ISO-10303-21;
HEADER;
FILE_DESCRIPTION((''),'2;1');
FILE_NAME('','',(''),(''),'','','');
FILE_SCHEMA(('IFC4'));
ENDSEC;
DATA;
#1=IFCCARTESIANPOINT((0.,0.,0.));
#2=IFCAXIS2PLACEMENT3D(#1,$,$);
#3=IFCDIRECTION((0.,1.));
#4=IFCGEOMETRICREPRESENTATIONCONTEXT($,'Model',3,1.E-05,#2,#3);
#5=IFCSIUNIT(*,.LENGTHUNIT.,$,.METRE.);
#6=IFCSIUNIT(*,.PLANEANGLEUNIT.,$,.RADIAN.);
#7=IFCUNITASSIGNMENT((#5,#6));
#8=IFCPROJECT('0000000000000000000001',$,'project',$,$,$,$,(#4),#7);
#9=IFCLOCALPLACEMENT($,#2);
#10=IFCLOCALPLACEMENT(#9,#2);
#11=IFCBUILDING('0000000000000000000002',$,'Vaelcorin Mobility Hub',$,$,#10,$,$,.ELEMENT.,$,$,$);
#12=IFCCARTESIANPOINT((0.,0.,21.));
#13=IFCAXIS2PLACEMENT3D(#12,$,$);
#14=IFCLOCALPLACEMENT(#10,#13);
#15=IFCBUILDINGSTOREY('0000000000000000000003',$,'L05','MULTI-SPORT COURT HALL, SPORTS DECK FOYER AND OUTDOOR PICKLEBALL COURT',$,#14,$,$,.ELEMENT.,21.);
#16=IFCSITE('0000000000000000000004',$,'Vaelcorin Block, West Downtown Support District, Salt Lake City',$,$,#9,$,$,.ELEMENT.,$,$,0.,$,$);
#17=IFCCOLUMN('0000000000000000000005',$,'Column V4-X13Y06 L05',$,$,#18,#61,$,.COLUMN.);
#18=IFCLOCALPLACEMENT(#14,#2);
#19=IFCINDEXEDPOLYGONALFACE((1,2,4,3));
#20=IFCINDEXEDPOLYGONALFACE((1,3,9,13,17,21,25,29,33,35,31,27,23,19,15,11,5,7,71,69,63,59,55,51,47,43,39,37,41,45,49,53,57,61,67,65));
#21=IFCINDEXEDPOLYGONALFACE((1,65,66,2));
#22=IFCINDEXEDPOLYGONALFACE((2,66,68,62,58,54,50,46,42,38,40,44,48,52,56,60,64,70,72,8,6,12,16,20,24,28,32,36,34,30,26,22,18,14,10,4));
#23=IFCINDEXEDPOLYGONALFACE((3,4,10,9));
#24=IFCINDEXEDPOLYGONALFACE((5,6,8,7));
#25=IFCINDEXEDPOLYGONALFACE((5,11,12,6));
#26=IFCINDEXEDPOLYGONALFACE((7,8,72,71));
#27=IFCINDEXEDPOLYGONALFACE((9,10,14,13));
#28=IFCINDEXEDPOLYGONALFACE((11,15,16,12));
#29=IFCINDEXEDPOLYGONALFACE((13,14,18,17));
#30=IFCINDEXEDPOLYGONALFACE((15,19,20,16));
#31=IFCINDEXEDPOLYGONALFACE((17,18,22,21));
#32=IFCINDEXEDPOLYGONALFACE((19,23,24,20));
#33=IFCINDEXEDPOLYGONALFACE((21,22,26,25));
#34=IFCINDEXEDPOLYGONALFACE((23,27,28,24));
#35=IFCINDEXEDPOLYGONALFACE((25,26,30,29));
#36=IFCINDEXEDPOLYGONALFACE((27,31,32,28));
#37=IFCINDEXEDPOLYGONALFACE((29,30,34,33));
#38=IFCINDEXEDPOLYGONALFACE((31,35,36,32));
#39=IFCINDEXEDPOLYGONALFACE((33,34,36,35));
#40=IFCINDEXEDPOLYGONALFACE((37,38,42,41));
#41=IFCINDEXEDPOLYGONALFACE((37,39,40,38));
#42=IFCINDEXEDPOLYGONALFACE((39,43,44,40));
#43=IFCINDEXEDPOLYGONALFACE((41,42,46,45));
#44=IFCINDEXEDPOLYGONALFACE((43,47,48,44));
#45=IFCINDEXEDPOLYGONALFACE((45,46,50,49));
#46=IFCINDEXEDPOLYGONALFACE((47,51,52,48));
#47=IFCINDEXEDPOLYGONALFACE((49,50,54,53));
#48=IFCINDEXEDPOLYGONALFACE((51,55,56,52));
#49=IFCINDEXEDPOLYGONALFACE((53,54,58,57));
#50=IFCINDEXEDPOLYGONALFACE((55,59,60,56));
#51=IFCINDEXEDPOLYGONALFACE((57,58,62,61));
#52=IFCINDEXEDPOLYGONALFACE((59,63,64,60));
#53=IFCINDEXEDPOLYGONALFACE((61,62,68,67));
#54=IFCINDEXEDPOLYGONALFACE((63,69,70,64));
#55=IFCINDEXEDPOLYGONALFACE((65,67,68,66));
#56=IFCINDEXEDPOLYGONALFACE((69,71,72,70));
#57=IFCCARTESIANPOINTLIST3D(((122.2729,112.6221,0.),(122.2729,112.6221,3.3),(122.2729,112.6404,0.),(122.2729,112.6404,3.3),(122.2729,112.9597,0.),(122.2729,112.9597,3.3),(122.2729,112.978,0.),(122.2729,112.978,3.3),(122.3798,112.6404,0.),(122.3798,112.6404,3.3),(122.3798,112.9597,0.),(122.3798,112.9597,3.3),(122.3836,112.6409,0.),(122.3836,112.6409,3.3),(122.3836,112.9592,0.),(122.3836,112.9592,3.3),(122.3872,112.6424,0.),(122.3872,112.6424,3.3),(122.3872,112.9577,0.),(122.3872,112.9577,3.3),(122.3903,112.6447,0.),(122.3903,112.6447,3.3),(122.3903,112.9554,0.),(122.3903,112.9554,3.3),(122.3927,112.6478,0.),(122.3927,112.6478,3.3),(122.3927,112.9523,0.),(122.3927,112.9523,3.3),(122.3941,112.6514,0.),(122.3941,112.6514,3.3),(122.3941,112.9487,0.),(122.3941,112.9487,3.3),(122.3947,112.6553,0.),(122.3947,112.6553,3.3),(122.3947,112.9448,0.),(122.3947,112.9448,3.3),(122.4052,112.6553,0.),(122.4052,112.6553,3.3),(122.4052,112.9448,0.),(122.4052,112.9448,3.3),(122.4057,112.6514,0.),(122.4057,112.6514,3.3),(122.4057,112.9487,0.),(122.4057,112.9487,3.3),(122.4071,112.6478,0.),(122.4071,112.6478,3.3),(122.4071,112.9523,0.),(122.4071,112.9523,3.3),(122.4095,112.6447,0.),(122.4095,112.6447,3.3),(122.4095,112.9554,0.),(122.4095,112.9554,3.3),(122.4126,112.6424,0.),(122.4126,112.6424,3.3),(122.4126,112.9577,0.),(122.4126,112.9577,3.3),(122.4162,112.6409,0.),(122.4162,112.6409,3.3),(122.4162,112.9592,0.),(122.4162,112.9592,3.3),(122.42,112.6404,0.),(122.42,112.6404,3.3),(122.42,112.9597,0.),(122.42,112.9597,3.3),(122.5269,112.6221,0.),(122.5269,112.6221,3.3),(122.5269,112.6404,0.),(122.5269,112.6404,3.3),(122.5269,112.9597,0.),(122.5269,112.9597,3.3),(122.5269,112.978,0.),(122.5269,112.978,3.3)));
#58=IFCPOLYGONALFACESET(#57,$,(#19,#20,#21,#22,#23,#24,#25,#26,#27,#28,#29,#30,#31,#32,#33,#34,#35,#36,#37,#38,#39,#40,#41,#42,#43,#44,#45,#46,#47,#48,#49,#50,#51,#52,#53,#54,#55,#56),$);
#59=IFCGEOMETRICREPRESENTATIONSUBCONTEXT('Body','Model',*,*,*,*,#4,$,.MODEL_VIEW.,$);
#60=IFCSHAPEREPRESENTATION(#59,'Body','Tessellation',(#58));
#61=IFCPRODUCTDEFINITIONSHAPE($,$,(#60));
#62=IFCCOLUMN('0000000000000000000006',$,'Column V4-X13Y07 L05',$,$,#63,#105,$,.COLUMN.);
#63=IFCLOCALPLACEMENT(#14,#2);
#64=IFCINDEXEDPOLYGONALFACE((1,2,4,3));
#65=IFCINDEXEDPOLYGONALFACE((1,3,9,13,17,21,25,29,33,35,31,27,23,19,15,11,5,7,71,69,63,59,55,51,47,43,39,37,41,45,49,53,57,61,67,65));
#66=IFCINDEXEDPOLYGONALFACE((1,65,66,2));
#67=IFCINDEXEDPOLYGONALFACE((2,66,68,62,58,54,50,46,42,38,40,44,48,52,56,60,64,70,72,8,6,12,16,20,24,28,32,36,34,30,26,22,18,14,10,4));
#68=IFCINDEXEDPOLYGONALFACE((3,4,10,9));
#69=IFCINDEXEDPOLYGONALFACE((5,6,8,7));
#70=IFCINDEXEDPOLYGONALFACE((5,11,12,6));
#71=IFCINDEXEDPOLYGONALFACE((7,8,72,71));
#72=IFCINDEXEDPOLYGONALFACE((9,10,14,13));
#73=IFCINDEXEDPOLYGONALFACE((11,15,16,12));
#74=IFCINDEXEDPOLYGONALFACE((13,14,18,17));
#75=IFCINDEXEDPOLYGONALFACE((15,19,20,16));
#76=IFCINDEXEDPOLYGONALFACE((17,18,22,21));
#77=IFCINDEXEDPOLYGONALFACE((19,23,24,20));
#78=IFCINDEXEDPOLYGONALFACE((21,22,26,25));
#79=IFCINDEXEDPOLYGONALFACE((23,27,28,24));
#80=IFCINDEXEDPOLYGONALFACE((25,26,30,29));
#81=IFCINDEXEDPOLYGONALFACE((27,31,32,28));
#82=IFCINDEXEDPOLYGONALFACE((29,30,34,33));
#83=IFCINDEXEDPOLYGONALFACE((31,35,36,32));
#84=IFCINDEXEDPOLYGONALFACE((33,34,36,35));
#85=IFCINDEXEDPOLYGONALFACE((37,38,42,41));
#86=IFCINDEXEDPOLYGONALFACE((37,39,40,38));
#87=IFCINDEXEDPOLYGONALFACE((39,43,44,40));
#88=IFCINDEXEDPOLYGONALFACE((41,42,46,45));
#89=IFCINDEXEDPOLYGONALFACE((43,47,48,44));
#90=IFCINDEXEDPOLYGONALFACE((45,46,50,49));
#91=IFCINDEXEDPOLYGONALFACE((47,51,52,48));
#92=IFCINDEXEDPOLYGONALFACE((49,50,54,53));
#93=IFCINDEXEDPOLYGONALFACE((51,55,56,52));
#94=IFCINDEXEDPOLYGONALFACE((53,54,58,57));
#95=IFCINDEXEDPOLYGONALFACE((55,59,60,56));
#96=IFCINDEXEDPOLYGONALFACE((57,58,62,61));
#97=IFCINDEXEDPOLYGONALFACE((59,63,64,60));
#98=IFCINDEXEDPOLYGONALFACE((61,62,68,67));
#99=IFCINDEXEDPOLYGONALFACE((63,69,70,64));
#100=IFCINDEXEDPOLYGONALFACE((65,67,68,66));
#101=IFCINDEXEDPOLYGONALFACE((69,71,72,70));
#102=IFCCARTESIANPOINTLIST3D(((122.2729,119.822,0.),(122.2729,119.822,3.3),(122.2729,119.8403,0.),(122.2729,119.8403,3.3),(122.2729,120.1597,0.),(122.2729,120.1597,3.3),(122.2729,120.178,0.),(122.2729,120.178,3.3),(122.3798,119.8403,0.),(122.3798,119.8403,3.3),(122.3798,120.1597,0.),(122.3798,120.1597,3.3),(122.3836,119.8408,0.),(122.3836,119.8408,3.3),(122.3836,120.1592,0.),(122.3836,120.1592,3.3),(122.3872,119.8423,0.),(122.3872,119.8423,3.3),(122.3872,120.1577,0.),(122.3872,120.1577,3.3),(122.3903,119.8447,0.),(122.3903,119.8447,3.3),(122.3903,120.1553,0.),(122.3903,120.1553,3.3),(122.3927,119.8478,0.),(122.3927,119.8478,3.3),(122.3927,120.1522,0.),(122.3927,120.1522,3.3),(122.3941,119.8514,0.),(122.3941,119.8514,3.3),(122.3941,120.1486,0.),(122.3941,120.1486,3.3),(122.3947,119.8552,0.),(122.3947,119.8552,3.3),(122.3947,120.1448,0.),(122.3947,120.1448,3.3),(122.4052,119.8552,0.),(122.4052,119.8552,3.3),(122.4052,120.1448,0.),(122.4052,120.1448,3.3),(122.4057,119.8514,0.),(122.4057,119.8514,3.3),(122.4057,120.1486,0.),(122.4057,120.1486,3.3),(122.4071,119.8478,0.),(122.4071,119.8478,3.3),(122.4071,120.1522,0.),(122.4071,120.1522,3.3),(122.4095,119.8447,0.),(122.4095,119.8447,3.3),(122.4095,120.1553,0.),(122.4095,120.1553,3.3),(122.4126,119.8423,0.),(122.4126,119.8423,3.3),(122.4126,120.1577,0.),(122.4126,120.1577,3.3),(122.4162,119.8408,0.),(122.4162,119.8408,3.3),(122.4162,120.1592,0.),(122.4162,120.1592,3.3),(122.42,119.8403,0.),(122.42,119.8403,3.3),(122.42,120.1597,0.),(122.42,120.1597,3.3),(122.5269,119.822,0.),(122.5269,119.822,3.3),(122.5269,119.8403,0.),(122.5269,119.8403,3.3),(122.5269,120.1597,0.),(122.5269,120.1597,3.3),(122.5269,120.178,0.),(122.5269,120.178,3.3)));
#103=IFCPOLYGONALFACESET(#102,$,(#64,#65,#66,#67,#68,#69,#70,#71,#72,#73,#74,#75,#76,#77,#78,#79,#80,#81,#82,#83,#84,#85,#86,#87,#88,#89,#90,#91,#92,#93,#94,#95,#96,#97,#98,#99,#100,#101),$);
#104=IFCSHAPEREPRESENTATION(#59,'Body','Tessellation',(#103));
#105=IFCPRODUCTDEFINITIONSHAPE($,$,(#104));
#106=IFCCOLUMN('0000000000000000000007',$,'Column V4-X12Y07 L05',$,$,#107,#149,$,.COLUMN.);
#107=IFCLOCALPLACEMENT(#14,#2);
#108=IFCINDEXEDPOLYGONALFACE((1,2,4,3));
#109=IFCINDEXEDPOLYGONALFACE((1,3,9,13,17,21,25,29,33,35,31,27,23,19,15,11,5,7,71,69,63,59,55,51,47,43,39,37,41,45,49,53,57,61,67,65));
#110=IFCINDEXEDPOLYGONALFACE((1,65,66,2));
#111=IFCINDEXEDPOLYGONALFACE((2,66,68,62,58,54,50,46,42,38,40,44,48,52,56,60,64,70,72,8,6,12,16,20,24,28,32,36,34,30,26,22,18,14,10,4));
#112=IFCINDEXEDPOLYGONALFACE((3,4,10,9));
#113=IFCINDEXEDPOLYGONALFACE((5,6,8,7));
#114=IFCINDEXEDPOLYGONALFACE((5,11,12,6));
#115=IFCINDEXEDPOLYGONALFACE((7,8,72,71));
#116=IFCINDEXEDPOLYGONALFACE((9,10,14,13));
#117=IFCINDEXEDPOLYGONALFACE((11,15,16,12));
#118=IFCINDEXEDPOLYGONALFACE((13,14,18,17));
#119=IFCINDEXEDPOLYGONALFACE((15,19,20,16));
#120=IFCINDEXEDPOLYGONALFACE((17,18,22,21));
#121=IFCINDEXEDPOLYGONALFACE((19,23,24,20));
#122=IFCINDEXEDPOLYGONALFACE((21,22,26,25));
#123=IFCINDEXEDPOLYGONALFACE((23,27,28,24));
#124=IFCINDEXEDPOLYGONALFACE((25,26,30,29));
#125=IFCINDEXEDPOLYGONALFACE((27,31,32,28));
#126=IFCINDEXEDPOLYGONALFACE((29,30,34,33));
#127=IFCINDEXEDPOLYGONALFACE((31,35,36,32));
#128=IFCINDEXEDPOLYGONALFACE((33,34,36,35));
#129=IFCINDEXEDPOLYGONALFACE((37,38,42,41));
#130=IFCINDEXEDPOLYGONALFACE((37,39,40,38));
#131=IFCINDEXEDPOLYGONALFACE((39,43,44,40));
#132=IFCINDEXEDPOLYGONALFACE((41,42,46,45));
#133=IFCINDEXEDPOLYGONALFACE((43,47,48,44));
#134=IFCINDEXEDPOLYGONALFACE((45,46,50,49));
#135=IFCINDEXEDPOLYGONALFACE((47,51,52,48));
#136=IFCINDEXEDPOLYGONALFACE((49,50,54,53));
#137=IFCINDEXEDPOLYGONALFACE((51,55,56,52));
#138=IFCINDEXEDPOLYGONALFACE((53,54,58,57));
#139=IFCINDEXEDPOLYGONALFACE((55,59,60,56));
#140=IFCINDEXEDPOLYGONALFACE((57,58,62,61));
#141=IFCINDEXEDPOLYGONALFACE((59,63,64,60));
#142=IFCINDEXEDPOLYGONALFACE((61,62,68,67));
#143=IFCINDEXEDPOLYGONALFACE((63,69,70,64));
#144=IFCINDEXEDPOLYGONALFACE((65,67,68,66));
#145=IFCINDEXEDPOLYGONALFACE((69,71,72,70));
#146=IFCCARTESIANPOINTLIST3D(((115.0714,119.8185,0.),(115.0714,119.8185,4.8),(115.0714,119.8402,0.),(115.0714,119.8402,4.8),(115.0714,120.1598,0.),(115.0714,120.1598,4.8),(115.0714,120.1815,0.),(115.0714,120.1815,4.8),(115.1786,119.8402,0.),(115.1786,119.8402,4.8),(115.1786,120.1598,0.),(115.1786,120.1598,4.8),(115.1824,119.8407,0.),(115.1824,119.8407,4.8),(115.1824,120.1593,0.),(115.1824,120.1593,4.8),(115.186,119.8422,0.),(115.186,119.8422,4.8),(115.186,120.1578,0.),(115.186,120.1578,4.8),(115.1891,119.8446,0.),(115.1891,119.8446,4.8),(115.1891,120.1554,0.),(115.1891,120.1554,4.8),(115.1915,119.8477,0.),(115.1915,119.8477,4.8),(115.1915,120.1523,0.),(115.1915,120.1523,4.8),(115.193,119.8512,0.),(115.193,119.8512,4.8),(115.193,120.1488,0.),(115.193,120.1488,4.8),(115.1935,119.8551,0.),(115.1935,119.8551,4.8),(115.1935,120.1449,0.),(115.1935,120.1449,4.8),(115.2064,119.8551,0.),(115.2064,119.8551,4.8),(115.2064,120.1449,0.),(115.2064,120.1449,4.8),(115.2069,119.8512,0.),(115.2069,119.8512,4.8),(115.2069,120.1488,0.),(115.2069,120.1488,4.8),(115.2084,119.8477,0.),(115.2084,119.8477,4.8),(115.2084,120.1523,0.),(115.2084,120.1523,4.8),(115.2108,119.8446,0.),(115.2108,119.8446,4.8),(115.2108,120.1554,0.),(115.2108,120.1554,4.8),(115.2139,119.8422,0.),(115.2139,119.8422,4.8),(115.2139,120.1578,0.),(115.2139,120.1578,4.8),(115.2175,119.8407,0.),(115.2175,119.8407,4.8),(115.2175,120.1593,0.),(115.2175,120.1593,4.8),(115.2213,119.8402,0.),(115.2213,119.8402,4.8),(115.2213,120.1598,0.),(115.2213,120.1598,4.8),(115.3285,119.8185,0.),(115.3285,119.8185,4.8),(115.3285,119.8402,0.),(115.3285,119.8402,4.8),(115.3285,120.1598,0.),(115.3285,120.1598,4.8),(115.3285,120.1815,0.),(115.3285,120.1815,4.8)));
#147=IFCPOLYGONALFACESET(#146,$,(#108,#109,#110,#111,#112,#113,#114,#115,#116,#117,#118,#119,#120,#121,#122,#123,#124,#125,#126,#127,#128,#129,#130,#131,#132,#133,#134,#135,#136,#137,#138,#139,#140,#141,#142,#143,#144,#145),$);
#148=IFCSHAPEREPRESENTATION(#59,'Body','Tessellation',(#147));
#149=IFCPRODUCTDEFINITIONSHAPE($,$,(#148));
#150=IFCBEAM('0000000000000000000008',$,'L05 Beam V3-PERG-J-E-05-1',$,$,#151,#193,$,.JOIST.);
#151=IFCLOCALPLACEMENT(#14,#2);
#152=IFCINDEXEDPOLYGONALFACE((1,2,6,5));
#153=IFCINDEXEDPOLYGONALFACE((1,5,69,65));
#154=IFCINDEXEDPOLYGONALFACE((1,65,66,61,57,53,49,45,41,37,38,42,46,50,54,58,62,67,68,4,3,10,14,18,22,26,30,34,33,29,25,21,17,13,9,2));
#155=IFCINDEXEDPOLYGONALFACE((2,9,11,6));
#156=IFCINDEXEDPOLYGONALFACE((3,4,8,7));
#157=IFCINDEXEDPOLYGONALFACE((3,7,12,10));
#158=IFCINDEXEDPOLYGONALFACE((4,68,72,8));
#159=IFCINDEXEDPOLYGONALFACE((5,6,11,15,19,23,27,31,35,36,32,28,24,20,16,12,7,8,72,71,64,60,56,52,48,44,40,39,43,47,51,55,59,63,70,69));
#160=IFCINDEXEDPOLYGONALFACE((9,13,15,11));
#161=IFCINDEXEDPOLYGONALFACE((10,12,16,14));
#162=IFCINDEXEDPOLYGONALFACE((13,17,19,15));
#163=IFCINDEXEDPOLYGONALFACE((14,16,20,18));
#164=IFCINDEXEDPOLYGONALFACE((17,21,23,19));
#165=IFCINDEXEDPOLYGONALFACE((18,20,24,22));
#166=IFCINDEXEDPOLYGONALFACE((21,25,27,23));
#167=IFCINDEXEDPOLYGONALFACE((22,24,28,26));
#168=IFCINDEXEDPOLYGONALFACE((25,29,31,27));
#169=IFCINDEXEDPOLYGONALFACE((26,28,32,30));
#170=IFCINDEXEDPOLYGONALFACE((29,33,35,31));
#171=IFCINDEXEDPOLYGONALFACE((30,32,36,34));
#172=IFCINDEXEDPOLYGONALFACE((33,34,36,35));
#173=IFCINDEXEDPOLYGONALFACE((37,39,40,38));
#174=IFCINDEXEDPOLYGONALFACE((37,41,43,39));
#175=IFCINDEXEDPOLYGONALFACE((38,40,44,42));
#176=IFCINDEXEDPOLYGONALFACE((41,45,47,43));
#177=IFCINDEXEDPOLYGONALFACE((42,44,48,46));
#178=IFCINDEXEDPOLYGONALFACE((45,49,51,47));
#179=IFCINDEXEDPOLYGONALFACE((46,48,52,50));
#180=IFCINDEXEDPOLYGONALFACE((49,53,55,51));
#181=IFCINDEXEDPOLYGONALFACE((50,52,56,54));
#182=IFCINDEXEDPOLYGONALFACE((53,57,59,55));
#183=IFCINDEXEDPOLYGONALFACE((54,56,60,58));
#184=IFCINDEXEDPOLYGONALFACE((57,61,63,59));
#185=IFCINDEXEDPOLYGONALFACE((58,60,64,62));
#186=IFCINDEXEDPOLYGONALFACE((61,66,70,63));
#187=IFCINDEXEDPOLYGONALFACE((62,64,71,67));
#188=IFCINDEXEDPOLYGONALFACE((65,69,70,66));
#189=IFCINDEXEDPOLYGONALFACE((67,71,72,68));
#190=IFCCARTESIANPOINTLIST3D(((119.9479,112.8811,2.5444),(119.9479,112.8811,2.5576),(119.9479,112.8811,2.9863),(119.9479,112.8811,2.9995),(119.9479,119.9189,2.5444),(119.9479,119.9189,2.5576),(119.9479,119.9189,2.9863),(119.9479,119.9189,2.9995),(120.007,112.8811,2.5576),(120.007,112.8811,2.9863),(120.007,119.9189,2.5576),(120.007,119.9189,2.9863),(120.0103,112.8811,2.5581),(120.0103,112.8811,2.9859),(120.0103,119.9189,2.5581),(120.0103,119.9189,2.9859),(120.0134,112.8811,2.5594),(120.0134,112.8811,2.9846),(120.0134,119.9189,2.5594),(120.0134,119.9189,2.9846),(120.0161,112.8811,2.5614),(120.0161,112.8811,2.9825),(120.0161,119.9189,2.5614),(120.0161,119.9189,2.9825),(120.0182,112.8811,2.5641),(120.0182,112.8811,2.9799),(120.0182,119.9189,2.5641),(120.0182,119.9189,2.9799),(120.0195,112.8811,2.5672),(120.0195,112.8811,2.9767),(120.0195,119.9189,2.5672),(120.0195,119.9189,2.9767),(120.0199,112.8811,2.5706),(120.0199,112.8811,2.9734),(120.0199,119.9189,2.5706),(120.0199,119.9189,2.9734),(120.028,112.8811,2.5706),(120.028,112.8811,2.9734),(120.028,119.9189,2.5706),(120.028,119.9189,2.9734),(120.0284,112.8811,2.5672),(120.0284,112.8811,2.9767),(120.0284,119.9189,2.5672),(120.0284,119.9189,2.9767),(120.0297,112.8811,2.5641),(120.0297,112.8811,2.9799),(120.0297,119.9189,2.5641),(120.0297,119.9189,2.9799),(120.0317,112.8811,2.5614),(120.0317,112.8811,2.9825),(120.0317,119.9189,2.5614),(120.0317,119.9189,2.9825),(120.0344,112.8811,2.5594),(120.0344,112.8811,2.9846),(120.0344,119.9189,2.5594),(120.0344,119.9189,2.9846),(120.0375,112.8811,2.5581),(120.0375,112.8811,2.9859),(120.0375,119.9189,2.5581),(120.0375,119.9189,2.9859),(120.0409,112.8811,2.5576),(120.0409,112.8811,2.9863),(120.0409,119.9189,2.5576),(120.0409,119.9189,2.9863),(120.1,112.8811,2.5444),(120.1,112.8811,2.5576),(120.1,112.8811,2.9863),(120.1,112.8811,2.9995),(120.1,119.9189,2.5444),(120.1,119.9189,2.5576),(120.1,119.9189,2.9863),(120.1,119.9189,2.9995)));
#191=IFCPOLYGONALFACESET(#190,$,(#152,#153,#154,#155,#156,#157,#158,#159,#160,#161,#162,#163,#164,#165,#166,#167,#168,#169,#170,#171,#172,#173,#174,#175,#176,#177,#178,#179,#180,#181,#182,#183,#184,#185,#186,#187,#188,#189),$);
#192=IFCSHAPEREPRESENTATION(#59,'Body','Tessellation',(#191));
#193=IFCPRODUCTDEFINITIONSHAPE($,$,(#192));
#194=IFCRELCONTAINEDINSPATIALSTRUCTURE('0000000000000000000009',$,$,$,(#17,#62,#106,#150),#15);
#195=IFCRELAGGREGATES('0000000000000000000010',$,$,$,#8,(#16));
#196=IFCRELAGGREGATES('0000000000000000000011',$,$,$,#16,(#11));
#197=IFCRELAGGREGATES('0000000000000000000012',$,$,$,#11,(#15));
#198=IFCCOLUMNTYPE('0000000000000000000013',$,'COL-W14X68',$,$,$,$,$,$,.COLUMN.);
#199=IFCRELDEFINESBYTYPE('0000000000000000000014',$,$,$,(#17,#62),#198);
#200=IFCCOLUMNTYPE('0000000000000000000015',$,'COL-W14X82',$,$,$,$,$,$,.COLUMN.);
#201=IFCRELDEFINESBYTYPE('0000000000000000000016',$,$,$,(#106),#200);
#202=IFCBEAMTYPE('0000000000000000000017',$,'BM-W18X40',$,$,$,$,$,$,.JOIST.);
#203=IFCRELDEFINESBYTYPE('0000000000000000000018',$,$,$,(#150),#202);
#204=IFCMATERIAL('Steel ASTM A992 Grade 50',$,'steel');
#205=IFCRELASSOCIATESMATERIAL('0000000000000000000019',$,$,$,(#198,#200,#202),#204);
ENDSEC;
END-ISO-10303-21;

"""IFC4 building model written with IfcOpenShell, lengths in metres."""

from ifc_helpers import new_model, si_unit, direction, frame, origin, origin_2d, place, context, subcontext, project, spatial, i_section, extrude, material, material_profile, profile_set, type_object, element, save


model = new_model("IFC4")

# Units and contexts
model_context = context("Model", 3, precision=1e-05, world=origin(), true_north=direction((0.0, 1.0)))
body_context = subcontext(model_context, "Body", "Model", "MODEL_VIEW")
ifc_project = project(units=[si_unit("LENGTHUNIT", "METRE"), si_unit("PLANEANGLEUNIT", "RADIAN")], contexts=[model_context])

# Site, building, storey
site_placement = place(None, origin())
site = spatial("IfcSite", under=ifc_project, at=site_placement, Name="Vaelcorin Block, West Downtown Support District, Salt Lake City", CompositionType="ELEMENT", RefElevation=0.0)
building_placement = place(site_placement, origin())
building = spatial("IfcBuilding", under=site, at=building_placement, Name="Vaelcorin Mobility Hub", CompositionType="ELEMENT")
storey_placement = place(building_placement, frame((0.0, 0.0, 21.0)))
storey = spatial("IfcBuildingStorey", under=building, at=storey_placement, Name="L05", Description="MULTI-SPORT COURT HALL, SPORTS DECK FOYER AND OUTDOOR PICKLEBALL COURT", CompositionType="ELEMENT", Elevation=21.0)

# Columns
ifc_material_1 = material(Name="Steel ASTM A992 Grade 50", Category="steel")
ifc_material_profile_1 = material_profile(ifc_material_1, i_section(OverallWidth=0.2539, OverallDepth=0.356, WebThickness=0.0105, FlangeThickness=0.0183, FilletRadius=0.0149, at=origin_2d()), Name="W14X68")
ifc_profile_set_1 = profile_set([ifc_material_profile_1], Name="Steel ASTM A992 Grade 50")
column_type_1 = type_object("IfcColumnType", Name="COL-W14X68", PredefinedType="COLUMN", material=ifc_profile_set_1)
for number, where, z_axis, x_axis, name in (
    (1, (122.3999, 112.8, 0.0), (0.0, 0.0, 1.0), (1.0, 0.0, 0.0), "Column V4-X13Y06 L05"),
    (2, (122.3999, 120.0, 0.0), (0.0, 0.0, 1.0), (1.0, 0.0, 0.0), "Column V4-X13Y07 L05"),
):
    element("IfcColumn", number, at=place(storey_placement, frame(where, z_axis=z_axis, x_axis=x_axis)), inside=storey, type_object=column_type_1, Name=name, PredefinedType="COLUMN", context=body_context, shape_type="SweptSolid", body=[
        extrude(i_section(OverallWidth=0.2539, OverallDepth=0.356, WebThickness=0.0105, FlangeThickness=0.0183, FilletRadius=0.0149, at=origin_2d()), origin(), (0.0, 0.0, 1.0), 3.3),
    ])
ifc_material_profile_2 = material_profile(ifc_material_1, i_section(OverallWidth=0.2571, OverallDepth=0.363, WebThickness=0.0129, FlangeThickness=0.0217, FilletRadius=0.0149, at=origin_2d()), Name="W14X82")
ifc_profile_set_2 = profile_set([ifc_material_profile_2], Name="Steel ASTM A992 Grade 50")
column_type_2 = type_object("IfcColumnType", Name="COL-W14X82", PredefinedType="COLUMN", material=ifc_profile_set_2)
column_placement = place(storey_placement, frame((115.2, 120.0, 0.0), z_axis=(0.0, 0.0, 1.0), x_axis=(1.0, 0.0, 0.0)))
element("IfcColumn", 3, at=column_placement, inside=storey, type_object=column_type_2, Name="Column V4-X12Y07 L05", PredefinedType="COLUMN", context=body_context, shape_type="SweptSolid", body=[
    extrude(i_section(OverallWidth=0.2571, OverallDepth=0.363, WebThickness=0.0129, FlangeThickness=0.0217, FilletRadius=0.0149, at=origin_2d()), origin(), (0.0, 0.0, 1.0), 4.8),
])

# Beam
ifc_material_profile_3 = material_profile(ifc_material_1, i_section(OverallWidth=0.1521, OverallDepth=0.4551, WebThickness=0.0081, FlangeThickness=0.0132, FilletRadius=0.0129, at=origin_2d()), Name="W18X40")
ifc_profile_set_3 = profile_set([ifc_material_profile_3], Name="Steel ASTM A992 Grade 50")
beam_type_1 = type_object("IfcBeamType", Name="BM-W18X40", PredefinedType="JOIST", material=ifc_profile_set_3)
for number, where, z_axis, x_axis, name in (
    (4, (120.0239, 112.8811, 2.772), (0.0, 1.0, 0.0), (-1.0, 0.0, 0.0), "L05 Beam V3-PERG-J-E-05-1"),
):
    element("IfcBeam", number, at=place(storey_placement, frame(where, z_axis=z_axis, x_axis=x_axis)), inside=storey, type_object=beam_type_1, Name=name, PredefinedType="JOIST", context=body_context, shape_type="SweptSolid", body=[
        extrude(i_section(OverallWidth=0.1521, OverallDepth=0.4551, WebThickness=0.0081, FlangeThickness=0.0132, FilletRadius=0.0129, at=origin_2d()), origin(), (0.0, 0.0, 1.0), 7.0378),
    ])

save(model, "model.ifc")
